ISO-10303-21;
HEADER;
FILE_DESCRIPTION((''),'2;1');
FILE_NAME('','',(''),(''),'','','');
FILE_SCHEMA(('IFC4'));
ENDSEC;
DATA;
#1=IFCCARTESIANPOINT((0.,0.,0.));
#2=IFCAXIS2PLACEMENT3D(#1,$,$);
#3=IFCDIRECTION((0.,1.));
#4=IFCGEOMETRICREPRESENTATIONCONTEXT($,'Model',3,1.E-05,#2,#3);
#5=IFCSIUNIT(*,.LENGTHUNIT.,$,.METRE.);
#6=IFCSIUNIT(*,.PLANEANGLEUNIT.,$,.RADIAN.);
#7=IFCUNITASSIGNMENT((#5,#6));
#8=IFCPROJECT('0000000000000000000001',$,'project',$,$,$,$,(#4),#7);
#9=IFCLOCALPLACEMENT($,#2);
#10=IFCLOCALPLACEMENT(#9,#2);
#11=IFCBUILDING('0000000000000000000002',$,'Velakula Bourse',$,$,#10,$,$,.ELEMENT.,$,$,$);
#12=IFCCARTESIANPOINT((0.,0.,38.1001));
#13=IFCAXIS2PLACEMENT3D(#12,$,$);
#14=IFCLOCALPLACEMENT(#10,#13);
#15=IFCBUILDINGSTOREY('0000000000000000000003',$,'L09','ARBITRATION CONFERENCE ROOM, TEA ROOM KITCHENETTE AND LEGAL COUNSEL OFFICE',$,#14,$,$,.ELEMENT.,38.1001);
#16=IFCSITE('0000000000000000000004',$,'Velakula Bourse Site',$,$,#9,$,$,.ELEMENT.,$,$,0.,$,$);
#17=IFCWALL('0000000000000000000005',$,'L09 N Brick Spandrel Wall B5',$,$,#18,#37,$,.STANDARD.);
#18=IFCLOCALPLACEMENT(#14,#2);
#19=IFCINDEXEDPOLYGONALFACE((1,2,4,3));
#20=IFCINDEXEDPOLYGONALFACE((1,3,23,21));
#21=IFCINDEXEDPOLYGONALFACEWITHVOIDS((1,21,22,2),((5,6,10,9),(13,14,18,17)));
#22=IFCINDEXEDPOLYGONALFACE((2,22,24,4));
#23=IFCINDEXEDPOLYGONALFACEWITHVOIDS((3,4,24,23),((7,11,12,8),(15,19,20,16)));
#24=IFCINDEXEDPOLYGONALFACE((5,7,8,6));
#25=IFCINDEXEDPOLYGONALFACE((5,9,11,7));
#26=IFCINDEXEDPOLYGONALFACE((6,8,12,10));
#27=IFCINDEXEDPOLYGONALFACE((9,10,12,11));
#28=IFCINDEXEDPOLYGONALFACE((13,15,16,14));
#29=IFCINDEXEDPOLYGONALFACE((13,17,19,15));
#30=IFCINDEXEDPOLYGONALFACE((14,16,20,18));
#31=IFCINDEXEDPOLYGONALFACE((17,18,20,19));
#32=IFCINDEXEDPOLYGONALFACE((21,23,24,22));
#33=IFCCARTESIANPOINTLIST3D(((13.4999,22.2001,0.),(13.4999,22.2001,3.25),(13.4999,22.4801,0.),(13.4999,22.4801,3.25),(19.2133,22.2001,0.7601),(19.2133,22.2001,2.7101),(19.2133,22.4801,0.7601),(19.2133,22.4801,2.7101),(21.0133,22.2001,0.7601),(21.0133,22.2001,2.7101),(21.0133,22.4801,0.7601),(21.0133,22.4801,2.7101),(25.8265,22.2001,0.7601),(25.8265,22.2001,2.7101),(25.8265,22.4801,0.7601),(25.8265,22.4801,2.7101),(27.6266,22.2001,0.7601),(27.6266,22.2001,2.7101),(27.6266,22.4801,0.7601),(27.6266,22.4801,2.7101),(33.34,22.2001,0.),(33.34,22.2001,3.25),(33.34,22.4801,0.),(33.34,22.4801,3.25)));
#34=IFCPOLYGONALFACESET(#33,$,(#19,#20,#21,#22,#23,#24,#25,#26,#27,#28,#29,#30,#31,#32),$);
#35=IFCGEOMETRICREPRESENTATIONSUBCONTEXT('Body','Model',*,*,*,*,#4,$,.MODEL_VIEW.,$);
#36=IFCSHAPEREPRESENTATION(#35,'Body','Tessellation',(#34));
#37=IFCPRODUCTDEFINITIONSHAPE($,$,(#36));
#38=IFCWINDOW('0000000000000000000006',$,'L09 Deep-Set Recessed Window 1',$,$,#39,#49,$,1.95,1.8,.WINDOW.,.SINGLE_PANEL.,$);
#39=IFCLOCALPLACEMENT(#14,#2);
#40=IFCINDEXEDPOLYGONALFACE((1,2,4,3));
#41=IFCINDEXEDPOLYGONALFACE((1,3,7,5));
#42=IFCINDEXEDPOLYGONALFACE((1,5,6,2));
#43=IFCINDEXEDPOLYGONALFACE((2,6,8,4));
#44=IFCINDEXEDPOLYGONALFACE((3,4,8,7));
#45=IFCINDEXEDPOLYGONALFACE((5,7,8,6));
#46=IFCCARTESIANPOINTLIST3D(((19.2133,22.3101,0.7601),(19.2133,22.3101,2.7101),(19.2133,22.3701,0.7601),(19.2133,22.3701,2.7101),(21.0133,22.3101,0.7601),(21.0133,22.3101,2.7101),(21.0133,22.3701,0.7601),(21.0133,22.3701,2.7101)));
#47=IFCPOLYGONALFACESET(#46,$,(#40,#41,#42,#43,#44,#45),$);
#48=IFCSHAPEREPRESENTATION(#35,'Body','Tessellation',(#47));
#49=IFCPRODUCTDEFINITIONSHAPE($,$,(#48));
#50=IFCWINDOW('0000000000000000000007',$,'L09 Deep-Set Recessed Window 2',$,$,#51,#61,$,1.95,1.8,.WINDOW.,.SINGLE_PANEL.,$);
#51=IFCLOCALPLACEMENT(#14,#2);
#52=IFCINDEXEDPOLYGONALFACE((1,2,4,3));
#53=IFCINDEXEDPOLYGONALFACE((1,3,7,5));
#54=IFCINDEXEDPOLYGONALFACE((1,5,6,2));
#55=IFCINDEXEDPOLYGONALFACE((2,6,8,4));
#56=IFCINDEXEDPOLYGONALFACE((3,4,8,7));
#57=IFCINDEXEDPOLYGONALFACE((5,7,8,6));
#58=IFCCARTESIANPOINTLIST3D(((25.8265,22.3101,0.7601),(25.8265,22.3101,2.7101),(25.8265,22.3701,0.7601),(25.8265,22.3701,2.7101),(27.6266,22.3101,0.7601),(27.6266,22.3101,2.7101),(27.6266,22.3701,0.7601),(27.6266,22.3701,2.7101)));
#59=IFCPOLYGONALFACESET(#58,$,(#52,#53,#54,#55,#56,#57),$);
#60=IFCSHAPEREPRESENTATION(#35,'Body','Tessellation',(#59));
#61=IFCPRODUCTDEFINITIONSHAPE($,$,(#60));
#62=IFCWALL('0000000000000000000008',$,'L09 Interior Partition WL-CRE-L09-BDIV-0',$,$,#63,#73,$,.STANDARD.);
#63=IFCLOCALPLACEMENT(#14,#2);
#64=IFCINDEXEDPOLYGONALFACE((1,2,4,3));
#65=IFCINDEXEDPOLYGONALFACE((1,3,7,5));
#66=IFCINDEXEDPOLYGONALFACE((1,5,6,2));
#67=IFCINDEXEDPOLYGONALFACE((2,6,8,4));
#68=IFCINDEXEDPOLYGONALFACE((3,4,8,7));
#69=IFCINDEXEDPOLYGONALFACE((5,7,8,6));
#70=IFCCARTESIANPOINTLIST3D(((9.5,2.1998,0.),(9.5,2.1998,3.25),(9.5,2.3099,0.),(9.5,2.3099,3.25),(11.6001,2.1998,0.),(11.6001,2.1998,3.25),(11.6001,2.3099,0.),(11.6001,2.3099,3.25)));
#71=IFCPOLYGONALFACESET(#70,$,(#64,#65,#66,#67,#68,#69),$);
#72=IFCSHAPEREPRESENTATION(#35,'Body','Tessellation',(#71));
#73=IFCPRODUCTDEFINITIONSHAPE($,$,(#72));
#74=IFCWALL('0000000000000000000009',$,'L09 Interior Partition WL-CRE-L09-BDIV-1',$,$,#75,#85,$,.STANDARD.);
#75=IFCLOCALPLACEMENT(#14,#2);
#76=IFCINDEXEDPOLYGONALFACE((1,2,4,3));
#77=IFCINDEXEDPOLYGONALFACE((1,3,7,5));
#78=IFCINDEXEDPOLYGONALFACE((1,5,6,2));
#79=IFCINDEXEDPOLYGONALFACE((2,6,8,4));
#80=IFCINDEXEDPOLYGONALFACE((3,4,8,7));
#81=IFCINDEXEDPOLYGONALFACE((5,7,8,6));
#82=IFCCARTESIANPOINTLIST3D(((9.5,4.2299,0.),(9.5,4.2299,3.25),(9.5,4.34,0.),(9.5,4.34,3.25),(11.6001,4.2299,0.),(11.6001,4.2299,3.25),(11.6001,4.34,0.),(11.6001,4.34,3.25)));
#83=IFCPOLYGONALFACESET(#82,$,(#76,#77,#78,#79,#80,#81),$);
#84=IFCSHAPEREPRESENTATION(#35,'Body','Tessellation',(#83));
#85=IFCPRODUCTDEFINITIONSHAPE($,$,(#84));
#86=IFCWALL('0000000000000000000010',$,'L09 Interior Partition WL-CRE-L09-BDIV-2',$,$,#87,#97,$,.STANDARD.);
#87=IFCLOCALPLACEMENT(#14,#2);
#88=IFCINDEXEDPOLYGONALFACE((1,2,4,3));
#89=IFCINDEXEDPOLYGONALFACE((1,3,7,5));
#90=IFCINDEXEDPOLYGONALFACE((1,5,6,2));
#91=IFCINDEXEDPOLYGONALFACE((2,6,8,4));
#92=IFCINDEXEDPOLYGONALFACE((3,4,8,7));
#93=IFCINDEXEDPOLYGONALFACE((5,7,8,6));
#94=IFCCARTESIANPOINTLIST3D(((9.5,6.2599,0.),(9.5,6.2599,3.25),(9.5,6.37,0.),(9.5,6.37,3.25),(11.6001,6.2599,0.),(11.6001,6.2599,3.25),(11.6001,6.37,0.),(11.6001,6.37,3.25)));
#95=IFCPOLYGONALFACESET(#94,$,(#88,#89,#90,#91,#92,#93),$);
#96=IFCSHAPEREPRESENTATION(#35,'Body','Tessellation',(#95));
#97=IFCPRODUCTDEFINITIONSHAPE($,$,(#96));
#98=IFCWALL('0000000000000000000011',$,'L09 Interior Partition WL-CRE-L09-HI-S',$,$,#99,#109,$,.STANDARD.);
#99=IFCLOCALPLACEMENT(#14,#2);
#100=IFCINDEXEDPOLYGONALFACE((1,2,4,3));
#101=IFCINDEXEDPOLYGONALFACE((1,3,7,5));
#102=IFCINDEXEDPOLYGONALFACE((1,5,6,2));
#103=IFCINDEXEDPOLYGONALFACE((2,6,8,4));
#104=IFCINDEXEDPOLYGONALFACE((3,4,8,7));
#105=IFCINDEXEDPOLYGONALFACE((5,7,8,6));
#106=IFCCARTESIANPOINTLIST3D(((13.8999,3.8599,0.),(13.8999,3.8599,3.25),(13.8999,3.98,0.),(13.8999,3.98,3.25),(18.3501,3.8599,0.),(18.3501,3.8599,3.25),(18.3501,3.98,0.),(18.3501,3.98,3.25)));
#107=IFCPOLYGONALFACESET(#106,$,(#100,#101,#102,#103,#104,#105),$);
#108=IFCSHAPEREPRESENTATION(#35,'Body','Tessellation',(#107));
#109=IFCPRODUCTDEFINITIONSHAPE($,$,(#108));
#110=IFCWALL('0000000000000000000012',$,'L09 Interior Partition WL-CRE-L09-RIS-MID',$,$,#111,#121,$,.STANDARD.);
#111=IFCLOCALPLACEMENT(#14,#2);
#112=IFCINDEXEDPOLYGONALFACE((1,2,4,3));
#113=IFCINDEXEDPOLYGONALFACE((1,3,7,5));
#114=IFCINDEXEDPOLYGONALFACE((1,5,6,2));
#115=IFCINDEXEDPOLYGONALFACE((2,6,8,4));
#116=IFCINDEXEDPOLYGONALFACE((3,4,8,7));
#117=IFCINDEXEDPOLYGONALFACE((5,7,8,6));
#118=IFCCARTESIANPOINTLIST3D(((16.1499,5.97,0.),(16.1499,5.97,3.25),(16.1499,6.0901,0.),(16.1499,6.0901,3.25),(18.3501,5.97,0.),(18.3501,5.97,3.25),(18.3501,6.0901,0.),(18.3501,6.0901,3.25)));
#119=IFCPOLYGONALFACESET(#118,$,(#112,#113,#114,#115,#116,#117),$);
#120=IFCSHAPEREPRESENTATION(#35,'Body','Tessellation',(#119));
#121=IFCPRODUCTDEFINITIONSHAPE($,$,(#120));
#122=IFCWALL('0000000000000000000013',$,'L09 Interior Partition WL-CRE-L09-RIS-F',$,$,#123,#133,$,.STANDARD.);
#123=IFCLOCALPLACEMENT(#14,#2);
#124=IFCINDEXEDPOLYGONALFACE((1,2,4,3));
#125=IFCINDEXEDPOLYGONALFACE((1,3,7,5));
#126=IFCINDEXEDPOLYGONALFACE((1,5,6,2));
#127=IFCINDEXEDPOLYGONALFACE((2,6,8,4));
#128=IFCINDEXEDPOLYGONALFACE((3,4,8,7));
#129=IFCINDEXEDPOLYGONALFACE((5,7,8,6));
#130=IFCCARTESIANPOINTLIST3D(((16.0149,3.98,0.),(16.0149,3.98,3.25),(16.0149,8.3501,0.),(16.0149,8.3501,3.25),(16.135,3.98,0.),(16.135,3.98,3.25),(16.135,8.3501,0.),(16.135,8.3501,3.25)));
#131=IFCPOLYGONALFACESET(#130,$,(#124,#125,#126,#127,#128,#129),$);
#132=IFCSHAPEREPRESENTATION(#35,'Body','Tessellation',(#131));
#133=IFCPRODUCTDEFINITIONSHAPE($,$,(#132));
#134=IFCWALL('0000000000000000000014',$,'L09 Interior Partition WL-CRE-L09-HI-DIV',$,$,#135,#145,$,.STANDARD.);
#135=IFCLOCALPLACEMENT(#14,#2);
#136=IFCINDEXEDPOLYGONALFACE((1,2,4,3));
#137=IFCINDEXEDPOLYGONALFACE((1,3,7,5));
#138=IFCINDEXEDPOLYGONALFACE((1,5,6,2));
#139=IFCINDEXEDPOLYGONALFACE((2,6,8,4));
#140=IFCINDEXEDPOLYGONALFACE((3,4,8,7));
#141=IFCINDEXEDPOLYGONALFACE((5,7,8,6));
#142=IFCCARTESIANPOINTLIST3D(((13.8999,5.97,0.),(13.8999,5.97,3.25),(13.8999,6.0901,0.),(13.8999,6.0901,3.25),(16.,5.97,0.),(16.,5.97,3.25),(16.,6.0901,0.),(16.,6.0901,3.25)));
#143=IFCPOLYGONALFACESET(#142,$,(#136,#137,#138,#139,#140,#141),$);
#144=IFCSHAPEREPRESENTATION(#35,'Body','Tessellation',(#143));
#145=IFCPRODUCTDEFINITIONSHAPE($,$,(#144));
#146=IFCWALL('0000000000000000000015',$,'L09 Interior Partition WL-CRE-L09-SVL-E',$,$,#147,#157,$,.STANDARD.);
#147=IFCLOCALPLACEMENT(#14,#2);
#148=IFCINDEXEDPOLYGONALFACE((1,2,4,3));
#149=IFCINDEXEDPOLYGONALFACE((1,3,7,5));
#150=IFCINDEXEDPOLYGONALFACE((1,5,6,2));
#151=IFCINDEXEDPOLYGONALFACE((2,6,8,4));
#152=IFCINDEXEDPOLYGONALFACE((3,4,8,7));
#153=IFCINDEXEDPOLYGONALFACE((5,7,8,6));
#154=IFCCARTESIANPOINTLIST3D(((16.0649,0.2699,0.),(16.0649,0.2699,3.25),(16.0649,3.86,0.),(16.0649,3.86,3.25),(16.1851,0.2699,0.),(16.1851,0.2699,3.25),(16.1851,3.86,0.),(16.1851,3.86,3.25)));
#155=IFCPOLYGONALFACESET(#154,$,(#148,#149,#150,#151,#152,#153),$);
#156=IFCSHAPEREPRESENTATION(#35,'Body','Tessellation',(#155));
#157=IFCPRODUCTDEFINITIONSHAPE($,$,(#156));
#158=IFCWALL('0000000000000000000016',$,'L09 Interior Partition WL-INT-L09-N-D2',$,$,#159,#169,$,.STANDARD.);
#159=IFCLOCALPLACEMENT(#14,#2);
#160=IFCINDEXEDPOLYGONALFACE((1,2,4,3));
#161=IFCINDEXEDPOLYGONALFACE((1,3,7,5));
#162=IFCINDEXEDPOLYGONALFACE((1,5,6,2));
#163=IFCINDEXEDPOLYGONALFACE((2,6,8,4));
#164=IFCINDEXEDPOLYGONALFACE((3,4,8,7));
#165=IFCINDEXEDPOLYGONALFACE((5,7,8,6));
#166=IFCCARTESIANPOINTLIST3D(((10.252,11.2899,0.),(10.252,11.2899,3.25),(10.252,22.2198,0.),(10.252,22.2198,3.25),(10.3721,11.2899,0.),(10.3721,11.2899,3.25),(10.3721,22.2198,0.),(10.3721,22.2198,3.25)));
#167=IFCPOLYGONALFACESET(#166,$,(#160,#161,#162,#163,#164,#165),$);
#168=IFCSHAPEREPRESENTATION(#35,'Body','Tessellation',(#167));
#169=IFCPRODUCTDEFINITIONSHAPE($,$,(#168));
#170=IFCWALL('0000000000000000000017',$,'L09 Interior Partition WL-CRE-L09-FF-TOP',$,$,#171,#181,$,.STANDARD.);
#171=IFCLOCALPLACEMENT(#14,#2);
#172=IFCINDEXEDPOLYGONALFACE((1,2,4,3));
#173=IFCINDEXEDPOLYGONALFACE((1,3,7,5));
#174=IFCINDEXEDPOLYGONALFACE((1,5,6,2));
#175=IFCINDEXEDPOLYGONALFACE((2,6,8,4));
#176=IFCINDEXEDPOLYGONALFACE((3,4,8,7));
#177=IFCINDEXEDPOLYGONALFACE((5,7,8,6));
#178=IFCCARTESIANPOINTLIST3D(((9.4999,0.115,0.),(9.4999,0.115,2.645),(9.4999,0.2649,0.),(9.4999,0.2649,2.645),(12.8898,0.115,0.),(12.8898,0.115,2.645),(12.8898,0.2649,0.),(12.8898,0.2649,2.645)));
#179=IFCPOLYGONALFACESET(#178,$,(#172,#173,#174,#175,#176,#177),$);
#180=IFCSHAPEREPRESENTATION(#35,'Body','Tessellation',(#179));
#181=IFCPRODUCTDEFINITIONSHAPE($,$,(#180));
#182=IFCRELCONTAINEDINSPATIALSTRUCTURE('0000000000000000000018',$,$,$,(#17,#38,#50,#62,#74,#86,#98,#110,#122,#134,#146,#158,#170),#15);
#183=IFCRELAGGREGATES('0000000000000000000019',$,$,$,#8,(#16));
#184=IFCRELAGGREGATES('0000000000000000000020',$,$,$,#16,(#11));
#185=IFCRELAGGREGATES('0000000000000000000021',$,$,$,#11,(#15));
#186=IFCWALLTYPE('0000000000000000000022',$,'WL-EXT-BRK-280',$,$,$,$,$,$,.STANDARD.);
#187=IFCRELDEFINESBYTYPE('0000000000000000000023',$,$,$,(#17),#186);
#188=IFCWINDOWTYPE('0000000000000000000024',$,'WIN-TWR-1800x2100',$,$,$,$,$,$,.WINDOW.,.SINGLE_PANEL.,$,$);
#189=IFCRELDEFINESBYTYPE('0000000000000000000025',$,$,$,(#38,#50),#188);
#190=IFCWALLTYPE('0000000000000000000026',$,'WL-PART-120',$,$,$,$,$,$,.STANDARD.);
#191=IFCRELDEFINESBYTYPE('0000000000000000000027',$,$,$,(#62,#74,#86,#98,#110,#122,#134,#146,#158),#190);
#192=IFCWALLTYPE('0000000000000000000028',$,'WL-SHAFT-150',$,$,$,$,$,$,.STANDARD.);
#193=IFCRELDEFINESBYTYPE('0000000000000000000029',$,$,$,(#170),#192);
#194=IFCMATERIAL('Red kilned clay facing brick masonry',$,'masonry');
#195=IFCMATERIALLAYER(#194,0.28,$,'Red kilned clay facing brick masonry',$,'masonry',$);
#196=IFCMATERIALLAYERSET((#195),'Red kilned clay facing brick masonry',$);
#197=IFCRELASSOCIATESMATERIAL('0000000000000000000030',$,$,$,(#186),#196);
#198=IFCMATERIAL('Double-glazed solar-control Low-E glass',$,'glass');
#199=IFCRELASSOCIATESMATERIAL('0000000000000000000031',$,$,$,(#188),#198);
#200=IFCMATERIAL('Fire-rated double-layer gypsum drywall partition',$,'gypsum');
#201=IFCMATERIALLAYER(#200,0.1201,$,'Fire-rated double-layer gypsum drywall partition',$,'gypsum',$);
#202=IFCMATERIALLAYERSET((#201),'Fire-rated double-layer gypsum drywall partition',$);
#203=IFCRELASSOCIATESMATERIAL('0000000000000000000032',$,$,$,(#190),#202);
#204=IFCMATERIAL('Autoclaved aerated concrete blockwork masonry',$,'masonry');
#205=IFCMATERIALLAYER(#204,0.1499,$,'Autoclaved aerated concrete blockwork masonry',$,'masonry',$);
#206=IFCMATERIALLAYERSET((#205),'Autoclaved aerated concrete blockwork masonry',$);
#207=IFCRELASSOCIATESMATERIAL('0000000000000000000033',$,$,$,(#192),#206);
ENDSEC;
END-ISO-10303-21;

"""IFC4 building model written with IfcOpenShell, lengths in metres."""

from ifc_helpers import new_model, si_unit, direction, frame, frame_2d, origin, place, context, subcontext, project, spatial, rectangle, extrude, material, layer, layer_set, type_object, element, fill, save


model = new_model("IFC4")

# Units and contexts
model_context = context("Model", 3, precision=1e-05, world=origin(), true_north=direction((0.0, 1.0)))
body_context = subcontext(model_context, "Body", "Model", "MODEL_VIEW")
ifc_project = project(units=[si_unit("LENGTHUNIT", "METRE"), si_unit("PLANEANGLEUNIT", "RADIAN")], contexts=[model_context])

# Site, building, storey
site_placement = place(None, origin())
site = spatial("IfcSite", under=ifc_project, at=site_placement, Name="Velakula Bourse Site", CompositionType="ELEMENT", RefElevation=0.0)
building_placement = place(site_placement, origin())
building = spatial("IfcBuilding", under=site, at=building_placement, Name="Velakula Bourse", CompositionType="ELEMENT")
storey_placement = place(building_placement, frame((0.0, 0.0, 38.1001)))
storey = spatial("IfcBuildingStorey", under=building, at=storey_placement, Name="L09", Description="ARBITRATION CONFERENCE ROOM, TEA ROOM KITCHENETTE AND LEGAL COUNSEL OFFICE", CompositionType="ELEMENT", Elevation=38.1001)

# Wall, openings, windows
ifc_material_1 = material(Name="Red kilned clay facing brick masonry", Category="masonry")
ifc_layer_1 = layer(ifc_material_1, 0.28, Name="Red kilned clay facing brick masonry", Category="masonry")
ifc_layer_set_1 = layer_set([ifc_layer_1], Name="Red kilned clay facing brick masonry")
wall_type_1 = type_object("IfcWallType", Name="WL-EXT-BRK-280", PredefinedType="STANDARD", material=ifc_layer_set_1)
wall_1_placement = place(storey_placement, frame((13.5, 22.3401, 0.0), z_axis=(0.0, 0.0, 1.0), x_axis=(1.0, 0.0, 0.0)))
wall_1 = element("IfcWall", 1, at=wall_1_placement, inside=storey, type_object=wall_type_1, Name="L09 N Brick Spandrel Wall B5", PredefinedType="STANDARD", context=body_context, shape_type="SweptSolid", body=[
    extrude(rectangle(XDim=19.8401, YDim=0.28, at=frame_2d((9.9199, 0.0))), origin(), (0.0, 0.0, 1.0), 3.25),
])
opening_1_placement = place(wall_1_placement, frame((5.7134, 0.0, 0.76)))
opening_1 = element("IfcOpeningElement", 2, at=opening_1_placement, cuts=wall_1, PredefinedType="OPENING", context=body_context, shape_type="SweptSolid", body=[
    extrude(rectangle(XDim=1.8, YDim=1.95, at=frame_2d((0.8999, 0.9751))), frame((0.0, 0.1499, 0.0), z_axis=(0.0, -1.0, 0.0), x_axis=(1.0, 0.0, 0.0)), (0.0, 0.0, 1.0), 0.3),
])
opening_2_placement = place(wall_1_placement, frame((12.3267, 0.0, 0.76)))
opening_2 = element("IfcOpeningElement", 3, at=opening_2_placement, cuts=wall_1, PredefinedType="OPENING", context=body_context, shape_type="SweptSolid", body=[
    extrude(rectangle(XDim=1.8, YDim=1.95, at=frame_2d((0.8999, 0.9751))), frame((0.0, 0.1499, 0.0), z_axis=(0.0, -1.0, 0.0), x_axis=(1.0, 0.0, 0.0)), (0.0, 0.0, 1.0), 0.3),
])
ifc_material_2 = material(Name="Double-glazed solar-control Low-E glass", Category="glass")
window_type = type_object("IfcWindowType", Name="WIN-TWR-1800x2100", PartitioningType="SINGLE_PANEL", PredefinedType="WINDOW", material=ifc_material_2)
window_1_placement = place(opening_1_placement, origin())
window_1 = element("IfcWindow", 4, at=window_1_placement, inside=storey, type_object=window_type, Name="L09 Deep-Set Recessed Window 1", OverallHeight=1.95, OverallWidth=1.8, PartitioningType="SINGLE_PANEL", PredefinedType="WINDOW", context=body_context, shape_type="SweptSolid", body=[
    extrude(rectangle(XDim=1.8, YDim=1.95, at=frame_2d((0.8999, 0.9751))), frame((0.0, 0.03, 0.0), z_axis=(0.0, -1.0, 0.0), x_axis=(1.0, 0.0, 0.0)), (0.0, 0.0, 1.0), 0.0601),
])
fill(opening_1, window_1)
window_2_placement = place(opening_2_placement, origin())
window_2 = element("IfcWindow", 5, at=window_2_placement, inside=storey, type_object=window_type, Name="L09 Deep-Set Recessed Window 2", OverallHeight=1.95, OverallWidth=1.8, PartitioningType="SINGLE_PANEL", PredefinedType="WINDOW", context=body_context, shape_type="SweptSolid", body=[
    extrude(rectangle(XDim=1.8, YDim=1.95, at=frame_2d((0.8999, 0.9751))), frame((0.0, 0.03, 0.0), z_axis=(0.0, -1.0, 0.0), x_axis=(1.0, 0.0, 0.0)), (0.0, 0.0, 1.0), 0.0601),
])
fill(opening_2, window_2)

# Walls
ifc_material_3 = material(Name="Fire-rated double-layer gypsum drywall partition", Category="gypsum")
ifc_layer_2 = layer(ifc_material_3, 0.1201, Name="Fire-rated double-layer gypsum drywall partition", Category="gypsum")
ifc_layer_set_2 = layer_set([ifc_layer_2], Name="Fire-rated double-layer gypsum drywall partition")
wall_type_2 = type_object("IfcWallType", Name="WL-PART-120", PredefinedType="STANDARD", material=ifc_layer_set_2)
for number, where, z_axis, x_axis, name in (
    (6, (9.5, 2.2549, 0.0), (0.0, 0.0, 1.0), (1.0, 0.0, 0.0), "L09 Interior Partition WL-CRE-L09-BDIV-0"),
    (7, (9.5, 4.2849, 0.0), (0.0, 0.0, 1.0), (1.0, 0.0, 0.0), "L09 Interior Partition WL-CRE-L09-BDIV-1"),
    (8, (9.5, 6.3149, 0.0), (0.0, 0.0, 1.0), (1.0, 0.0, 0.0), "L09 Interior Partition WL-CRE-L09-BDIV-2"),
):
    element("IfcWall", number, at=place(storey_placement, frame(where, z_axis=z_axis, x_axis=x_axis)), inside=storey, type_object=wall_type_2, Name=name, PredefinedType="STANDARD", context=body_context, shape_type="SweptSolid", body=[
        extrude(rectangle(XDim=2.1001, YDim=0.1101, at=frame_2d((1.05, 0.0))), origin(), (0.0, 0.0, 1.0), 3.25),
    ])
wall_2_placement = place(storey_placement, frame((13.8999, 3.9199, 0.0), z_axis=(0.0, 0.0, 1.0), x_axis=(1.0, 0.0, 0.0)))
element("IfcWall", 9, at=wall_2_placement, inside=storey, type_object=wall_type_2, Name="L09 Interior Partition WL-CRE-L09-HI-S", PredefinedType="STANDARD", context=body_context, shape_type="SweptSolid", body=[
    extrude(rectangle(XDim=4.4502, YDim=0.1201, at=frame_2d((2.2251, 0.0))), origin(), (0.0, 0.0, 1.0), 3.25),
])
wall_3_placement = place(storey_placement, frame((16.1499, 6.03, 0.0), z_axis=(0.0, 0.0, 1.0), x_axis=(1.0, 0.0, 0.0)))
element("IfcWall", 10, at=wall_3_placement, inside=storey, type_object=wall_type_2, Name="L09 Interior Partition WL-CRE-L09-RIS-MID", PredefinedType="STANDARD", context=body_context, shape_type="SweptSolid", body=[
    extrude(rectangle(XDim=2.2002, YDim=0.1201, at=frame_2d((1.1001, 0.0))), origin(), (0.0, 0.0, 1.0), 3.25),
])
wall_4_placement = place(storey_placement, frame((16.075, 3.98, 0.0), z_axis=(0.0, 0.0, 1.0), x_axis=(0.0, 1.0, 0.0)))
element("IfcWall", 11, at=wall_4_placement, inside=storey, type_object=wall_type_2, Name="L09 Interior Partition WL-CRE-L09-RIS-F", PredefinedType="STANDARD", context=body_context, shape_type="SweptSolid", body=[
    extrude(rectangle(XDim=4.3701, YDim=0.1201, at=frame_2d((2.1851, 0.0))), origin(), (0.0, 0.0, 1.0), 3.25),
])
wall_5_placement = place(storey_placement, frame((13.8999, 6.03, 0.0), z_axis=(0.0, 0.0, 1.0), x_axis=(1.0, 0.0, 0.0)))
element("IfcWall", 12, at=wall_5_placement, inside=storey, type_object=wall_type_2, Name="L09 Interior Partition WL-CRE-L09-HI-DIV", PredefinedType="STANDARD", context=body_context, shape_type="SweptSolid", body=[
    extrude(rectangle(XDim=2.1001, YDim=0.1201, at=frame_2d((1.05, 0.0))), origin(), (0.0, 0.0, 1.0), 3.25),
])
wall_6_placement = place(storey_placement, frame((16.125, 0.27, 0.0), z_axis=(0.0, 0.0, 1.0), x_axis=(0.0, 1.0, 0.0)))
element("IfcWall", 13, at=wall_6_placement, inside=storey, type_object=wall_type_2, Name="L09 Interior Partition WL-CRE-L09-SVL-E", PredefinedType="STANDARD", context=body_context, shape_type="SweptSolid", body=[
    extrude(rectangle(XDim=3.5901, YDim=0.1201, at=frame_2d((1.7949, 0.0))), origin(), (0.0, 0.0, 1.0), 3.25),
])
wall_7_placement = place(storey_placement, frame((10.312, 11.29, 0.0), z_axis=(0.0, 0.0, 1.0), x_axis=(0.0, 1.0, 0.0)))
element("IfcWall", 14, at=wall_7_placement, inside=storey, type_object=wall_type_2, Name="L09 Interior Partition WL-INT-L09-N-D2", PredefinedType="STANDARD", context=body_context, shape_type="SweptSolid", body=[
    extrude(rectangle(XDim=10.9299, YDim=0.1201, at=frame_2d((5.4648, 0.0))), origin(), (0.0, 0.0, 1.0), 3.25),
])
ifc_material_4 = material(Name="Autoclaved aerated concrete blockwork masonry", Category="masonry")
ifc_layer_3 = layer(ifc_material_4, 0.1499, Name="Autoclaved aerated concrete blockwork masonry", Category="masonry")
ifc_layer_set_3 = layer_set([ifc_layer_3], Name="Autoclaved aerated concrete blockwork masonry")
wall_type_3 = type_object("IfcWallType", Name="WL-SHAFT-150", PredefinedType="STANDARD", material=ifc_layer_set_3)
wall_8_placement = place(storey_placement, frame((9.5, 0.1899, 0.0), z_axis=(0.0, 0.0, 1.0), x_axis=(1.0, 0.0, 0.0)))
element("IfcWall", 15, at=wall_8_placement, inside=storey, type_object=wall_type_3, Name="L09 Interior Partition WL-CRE-L09-FF-TOP", PredefinedType="STANDARD", context=body_context, shape_type="SweptSolid", body=[
    extrude(rectangle(XDim=3.3899, YDim=0.1499, at=frame_2d((1.6948, 0.0))), origin(), (0.0, 0.0, 1.0), 2.645),
])

save(model, "model.ifc")
